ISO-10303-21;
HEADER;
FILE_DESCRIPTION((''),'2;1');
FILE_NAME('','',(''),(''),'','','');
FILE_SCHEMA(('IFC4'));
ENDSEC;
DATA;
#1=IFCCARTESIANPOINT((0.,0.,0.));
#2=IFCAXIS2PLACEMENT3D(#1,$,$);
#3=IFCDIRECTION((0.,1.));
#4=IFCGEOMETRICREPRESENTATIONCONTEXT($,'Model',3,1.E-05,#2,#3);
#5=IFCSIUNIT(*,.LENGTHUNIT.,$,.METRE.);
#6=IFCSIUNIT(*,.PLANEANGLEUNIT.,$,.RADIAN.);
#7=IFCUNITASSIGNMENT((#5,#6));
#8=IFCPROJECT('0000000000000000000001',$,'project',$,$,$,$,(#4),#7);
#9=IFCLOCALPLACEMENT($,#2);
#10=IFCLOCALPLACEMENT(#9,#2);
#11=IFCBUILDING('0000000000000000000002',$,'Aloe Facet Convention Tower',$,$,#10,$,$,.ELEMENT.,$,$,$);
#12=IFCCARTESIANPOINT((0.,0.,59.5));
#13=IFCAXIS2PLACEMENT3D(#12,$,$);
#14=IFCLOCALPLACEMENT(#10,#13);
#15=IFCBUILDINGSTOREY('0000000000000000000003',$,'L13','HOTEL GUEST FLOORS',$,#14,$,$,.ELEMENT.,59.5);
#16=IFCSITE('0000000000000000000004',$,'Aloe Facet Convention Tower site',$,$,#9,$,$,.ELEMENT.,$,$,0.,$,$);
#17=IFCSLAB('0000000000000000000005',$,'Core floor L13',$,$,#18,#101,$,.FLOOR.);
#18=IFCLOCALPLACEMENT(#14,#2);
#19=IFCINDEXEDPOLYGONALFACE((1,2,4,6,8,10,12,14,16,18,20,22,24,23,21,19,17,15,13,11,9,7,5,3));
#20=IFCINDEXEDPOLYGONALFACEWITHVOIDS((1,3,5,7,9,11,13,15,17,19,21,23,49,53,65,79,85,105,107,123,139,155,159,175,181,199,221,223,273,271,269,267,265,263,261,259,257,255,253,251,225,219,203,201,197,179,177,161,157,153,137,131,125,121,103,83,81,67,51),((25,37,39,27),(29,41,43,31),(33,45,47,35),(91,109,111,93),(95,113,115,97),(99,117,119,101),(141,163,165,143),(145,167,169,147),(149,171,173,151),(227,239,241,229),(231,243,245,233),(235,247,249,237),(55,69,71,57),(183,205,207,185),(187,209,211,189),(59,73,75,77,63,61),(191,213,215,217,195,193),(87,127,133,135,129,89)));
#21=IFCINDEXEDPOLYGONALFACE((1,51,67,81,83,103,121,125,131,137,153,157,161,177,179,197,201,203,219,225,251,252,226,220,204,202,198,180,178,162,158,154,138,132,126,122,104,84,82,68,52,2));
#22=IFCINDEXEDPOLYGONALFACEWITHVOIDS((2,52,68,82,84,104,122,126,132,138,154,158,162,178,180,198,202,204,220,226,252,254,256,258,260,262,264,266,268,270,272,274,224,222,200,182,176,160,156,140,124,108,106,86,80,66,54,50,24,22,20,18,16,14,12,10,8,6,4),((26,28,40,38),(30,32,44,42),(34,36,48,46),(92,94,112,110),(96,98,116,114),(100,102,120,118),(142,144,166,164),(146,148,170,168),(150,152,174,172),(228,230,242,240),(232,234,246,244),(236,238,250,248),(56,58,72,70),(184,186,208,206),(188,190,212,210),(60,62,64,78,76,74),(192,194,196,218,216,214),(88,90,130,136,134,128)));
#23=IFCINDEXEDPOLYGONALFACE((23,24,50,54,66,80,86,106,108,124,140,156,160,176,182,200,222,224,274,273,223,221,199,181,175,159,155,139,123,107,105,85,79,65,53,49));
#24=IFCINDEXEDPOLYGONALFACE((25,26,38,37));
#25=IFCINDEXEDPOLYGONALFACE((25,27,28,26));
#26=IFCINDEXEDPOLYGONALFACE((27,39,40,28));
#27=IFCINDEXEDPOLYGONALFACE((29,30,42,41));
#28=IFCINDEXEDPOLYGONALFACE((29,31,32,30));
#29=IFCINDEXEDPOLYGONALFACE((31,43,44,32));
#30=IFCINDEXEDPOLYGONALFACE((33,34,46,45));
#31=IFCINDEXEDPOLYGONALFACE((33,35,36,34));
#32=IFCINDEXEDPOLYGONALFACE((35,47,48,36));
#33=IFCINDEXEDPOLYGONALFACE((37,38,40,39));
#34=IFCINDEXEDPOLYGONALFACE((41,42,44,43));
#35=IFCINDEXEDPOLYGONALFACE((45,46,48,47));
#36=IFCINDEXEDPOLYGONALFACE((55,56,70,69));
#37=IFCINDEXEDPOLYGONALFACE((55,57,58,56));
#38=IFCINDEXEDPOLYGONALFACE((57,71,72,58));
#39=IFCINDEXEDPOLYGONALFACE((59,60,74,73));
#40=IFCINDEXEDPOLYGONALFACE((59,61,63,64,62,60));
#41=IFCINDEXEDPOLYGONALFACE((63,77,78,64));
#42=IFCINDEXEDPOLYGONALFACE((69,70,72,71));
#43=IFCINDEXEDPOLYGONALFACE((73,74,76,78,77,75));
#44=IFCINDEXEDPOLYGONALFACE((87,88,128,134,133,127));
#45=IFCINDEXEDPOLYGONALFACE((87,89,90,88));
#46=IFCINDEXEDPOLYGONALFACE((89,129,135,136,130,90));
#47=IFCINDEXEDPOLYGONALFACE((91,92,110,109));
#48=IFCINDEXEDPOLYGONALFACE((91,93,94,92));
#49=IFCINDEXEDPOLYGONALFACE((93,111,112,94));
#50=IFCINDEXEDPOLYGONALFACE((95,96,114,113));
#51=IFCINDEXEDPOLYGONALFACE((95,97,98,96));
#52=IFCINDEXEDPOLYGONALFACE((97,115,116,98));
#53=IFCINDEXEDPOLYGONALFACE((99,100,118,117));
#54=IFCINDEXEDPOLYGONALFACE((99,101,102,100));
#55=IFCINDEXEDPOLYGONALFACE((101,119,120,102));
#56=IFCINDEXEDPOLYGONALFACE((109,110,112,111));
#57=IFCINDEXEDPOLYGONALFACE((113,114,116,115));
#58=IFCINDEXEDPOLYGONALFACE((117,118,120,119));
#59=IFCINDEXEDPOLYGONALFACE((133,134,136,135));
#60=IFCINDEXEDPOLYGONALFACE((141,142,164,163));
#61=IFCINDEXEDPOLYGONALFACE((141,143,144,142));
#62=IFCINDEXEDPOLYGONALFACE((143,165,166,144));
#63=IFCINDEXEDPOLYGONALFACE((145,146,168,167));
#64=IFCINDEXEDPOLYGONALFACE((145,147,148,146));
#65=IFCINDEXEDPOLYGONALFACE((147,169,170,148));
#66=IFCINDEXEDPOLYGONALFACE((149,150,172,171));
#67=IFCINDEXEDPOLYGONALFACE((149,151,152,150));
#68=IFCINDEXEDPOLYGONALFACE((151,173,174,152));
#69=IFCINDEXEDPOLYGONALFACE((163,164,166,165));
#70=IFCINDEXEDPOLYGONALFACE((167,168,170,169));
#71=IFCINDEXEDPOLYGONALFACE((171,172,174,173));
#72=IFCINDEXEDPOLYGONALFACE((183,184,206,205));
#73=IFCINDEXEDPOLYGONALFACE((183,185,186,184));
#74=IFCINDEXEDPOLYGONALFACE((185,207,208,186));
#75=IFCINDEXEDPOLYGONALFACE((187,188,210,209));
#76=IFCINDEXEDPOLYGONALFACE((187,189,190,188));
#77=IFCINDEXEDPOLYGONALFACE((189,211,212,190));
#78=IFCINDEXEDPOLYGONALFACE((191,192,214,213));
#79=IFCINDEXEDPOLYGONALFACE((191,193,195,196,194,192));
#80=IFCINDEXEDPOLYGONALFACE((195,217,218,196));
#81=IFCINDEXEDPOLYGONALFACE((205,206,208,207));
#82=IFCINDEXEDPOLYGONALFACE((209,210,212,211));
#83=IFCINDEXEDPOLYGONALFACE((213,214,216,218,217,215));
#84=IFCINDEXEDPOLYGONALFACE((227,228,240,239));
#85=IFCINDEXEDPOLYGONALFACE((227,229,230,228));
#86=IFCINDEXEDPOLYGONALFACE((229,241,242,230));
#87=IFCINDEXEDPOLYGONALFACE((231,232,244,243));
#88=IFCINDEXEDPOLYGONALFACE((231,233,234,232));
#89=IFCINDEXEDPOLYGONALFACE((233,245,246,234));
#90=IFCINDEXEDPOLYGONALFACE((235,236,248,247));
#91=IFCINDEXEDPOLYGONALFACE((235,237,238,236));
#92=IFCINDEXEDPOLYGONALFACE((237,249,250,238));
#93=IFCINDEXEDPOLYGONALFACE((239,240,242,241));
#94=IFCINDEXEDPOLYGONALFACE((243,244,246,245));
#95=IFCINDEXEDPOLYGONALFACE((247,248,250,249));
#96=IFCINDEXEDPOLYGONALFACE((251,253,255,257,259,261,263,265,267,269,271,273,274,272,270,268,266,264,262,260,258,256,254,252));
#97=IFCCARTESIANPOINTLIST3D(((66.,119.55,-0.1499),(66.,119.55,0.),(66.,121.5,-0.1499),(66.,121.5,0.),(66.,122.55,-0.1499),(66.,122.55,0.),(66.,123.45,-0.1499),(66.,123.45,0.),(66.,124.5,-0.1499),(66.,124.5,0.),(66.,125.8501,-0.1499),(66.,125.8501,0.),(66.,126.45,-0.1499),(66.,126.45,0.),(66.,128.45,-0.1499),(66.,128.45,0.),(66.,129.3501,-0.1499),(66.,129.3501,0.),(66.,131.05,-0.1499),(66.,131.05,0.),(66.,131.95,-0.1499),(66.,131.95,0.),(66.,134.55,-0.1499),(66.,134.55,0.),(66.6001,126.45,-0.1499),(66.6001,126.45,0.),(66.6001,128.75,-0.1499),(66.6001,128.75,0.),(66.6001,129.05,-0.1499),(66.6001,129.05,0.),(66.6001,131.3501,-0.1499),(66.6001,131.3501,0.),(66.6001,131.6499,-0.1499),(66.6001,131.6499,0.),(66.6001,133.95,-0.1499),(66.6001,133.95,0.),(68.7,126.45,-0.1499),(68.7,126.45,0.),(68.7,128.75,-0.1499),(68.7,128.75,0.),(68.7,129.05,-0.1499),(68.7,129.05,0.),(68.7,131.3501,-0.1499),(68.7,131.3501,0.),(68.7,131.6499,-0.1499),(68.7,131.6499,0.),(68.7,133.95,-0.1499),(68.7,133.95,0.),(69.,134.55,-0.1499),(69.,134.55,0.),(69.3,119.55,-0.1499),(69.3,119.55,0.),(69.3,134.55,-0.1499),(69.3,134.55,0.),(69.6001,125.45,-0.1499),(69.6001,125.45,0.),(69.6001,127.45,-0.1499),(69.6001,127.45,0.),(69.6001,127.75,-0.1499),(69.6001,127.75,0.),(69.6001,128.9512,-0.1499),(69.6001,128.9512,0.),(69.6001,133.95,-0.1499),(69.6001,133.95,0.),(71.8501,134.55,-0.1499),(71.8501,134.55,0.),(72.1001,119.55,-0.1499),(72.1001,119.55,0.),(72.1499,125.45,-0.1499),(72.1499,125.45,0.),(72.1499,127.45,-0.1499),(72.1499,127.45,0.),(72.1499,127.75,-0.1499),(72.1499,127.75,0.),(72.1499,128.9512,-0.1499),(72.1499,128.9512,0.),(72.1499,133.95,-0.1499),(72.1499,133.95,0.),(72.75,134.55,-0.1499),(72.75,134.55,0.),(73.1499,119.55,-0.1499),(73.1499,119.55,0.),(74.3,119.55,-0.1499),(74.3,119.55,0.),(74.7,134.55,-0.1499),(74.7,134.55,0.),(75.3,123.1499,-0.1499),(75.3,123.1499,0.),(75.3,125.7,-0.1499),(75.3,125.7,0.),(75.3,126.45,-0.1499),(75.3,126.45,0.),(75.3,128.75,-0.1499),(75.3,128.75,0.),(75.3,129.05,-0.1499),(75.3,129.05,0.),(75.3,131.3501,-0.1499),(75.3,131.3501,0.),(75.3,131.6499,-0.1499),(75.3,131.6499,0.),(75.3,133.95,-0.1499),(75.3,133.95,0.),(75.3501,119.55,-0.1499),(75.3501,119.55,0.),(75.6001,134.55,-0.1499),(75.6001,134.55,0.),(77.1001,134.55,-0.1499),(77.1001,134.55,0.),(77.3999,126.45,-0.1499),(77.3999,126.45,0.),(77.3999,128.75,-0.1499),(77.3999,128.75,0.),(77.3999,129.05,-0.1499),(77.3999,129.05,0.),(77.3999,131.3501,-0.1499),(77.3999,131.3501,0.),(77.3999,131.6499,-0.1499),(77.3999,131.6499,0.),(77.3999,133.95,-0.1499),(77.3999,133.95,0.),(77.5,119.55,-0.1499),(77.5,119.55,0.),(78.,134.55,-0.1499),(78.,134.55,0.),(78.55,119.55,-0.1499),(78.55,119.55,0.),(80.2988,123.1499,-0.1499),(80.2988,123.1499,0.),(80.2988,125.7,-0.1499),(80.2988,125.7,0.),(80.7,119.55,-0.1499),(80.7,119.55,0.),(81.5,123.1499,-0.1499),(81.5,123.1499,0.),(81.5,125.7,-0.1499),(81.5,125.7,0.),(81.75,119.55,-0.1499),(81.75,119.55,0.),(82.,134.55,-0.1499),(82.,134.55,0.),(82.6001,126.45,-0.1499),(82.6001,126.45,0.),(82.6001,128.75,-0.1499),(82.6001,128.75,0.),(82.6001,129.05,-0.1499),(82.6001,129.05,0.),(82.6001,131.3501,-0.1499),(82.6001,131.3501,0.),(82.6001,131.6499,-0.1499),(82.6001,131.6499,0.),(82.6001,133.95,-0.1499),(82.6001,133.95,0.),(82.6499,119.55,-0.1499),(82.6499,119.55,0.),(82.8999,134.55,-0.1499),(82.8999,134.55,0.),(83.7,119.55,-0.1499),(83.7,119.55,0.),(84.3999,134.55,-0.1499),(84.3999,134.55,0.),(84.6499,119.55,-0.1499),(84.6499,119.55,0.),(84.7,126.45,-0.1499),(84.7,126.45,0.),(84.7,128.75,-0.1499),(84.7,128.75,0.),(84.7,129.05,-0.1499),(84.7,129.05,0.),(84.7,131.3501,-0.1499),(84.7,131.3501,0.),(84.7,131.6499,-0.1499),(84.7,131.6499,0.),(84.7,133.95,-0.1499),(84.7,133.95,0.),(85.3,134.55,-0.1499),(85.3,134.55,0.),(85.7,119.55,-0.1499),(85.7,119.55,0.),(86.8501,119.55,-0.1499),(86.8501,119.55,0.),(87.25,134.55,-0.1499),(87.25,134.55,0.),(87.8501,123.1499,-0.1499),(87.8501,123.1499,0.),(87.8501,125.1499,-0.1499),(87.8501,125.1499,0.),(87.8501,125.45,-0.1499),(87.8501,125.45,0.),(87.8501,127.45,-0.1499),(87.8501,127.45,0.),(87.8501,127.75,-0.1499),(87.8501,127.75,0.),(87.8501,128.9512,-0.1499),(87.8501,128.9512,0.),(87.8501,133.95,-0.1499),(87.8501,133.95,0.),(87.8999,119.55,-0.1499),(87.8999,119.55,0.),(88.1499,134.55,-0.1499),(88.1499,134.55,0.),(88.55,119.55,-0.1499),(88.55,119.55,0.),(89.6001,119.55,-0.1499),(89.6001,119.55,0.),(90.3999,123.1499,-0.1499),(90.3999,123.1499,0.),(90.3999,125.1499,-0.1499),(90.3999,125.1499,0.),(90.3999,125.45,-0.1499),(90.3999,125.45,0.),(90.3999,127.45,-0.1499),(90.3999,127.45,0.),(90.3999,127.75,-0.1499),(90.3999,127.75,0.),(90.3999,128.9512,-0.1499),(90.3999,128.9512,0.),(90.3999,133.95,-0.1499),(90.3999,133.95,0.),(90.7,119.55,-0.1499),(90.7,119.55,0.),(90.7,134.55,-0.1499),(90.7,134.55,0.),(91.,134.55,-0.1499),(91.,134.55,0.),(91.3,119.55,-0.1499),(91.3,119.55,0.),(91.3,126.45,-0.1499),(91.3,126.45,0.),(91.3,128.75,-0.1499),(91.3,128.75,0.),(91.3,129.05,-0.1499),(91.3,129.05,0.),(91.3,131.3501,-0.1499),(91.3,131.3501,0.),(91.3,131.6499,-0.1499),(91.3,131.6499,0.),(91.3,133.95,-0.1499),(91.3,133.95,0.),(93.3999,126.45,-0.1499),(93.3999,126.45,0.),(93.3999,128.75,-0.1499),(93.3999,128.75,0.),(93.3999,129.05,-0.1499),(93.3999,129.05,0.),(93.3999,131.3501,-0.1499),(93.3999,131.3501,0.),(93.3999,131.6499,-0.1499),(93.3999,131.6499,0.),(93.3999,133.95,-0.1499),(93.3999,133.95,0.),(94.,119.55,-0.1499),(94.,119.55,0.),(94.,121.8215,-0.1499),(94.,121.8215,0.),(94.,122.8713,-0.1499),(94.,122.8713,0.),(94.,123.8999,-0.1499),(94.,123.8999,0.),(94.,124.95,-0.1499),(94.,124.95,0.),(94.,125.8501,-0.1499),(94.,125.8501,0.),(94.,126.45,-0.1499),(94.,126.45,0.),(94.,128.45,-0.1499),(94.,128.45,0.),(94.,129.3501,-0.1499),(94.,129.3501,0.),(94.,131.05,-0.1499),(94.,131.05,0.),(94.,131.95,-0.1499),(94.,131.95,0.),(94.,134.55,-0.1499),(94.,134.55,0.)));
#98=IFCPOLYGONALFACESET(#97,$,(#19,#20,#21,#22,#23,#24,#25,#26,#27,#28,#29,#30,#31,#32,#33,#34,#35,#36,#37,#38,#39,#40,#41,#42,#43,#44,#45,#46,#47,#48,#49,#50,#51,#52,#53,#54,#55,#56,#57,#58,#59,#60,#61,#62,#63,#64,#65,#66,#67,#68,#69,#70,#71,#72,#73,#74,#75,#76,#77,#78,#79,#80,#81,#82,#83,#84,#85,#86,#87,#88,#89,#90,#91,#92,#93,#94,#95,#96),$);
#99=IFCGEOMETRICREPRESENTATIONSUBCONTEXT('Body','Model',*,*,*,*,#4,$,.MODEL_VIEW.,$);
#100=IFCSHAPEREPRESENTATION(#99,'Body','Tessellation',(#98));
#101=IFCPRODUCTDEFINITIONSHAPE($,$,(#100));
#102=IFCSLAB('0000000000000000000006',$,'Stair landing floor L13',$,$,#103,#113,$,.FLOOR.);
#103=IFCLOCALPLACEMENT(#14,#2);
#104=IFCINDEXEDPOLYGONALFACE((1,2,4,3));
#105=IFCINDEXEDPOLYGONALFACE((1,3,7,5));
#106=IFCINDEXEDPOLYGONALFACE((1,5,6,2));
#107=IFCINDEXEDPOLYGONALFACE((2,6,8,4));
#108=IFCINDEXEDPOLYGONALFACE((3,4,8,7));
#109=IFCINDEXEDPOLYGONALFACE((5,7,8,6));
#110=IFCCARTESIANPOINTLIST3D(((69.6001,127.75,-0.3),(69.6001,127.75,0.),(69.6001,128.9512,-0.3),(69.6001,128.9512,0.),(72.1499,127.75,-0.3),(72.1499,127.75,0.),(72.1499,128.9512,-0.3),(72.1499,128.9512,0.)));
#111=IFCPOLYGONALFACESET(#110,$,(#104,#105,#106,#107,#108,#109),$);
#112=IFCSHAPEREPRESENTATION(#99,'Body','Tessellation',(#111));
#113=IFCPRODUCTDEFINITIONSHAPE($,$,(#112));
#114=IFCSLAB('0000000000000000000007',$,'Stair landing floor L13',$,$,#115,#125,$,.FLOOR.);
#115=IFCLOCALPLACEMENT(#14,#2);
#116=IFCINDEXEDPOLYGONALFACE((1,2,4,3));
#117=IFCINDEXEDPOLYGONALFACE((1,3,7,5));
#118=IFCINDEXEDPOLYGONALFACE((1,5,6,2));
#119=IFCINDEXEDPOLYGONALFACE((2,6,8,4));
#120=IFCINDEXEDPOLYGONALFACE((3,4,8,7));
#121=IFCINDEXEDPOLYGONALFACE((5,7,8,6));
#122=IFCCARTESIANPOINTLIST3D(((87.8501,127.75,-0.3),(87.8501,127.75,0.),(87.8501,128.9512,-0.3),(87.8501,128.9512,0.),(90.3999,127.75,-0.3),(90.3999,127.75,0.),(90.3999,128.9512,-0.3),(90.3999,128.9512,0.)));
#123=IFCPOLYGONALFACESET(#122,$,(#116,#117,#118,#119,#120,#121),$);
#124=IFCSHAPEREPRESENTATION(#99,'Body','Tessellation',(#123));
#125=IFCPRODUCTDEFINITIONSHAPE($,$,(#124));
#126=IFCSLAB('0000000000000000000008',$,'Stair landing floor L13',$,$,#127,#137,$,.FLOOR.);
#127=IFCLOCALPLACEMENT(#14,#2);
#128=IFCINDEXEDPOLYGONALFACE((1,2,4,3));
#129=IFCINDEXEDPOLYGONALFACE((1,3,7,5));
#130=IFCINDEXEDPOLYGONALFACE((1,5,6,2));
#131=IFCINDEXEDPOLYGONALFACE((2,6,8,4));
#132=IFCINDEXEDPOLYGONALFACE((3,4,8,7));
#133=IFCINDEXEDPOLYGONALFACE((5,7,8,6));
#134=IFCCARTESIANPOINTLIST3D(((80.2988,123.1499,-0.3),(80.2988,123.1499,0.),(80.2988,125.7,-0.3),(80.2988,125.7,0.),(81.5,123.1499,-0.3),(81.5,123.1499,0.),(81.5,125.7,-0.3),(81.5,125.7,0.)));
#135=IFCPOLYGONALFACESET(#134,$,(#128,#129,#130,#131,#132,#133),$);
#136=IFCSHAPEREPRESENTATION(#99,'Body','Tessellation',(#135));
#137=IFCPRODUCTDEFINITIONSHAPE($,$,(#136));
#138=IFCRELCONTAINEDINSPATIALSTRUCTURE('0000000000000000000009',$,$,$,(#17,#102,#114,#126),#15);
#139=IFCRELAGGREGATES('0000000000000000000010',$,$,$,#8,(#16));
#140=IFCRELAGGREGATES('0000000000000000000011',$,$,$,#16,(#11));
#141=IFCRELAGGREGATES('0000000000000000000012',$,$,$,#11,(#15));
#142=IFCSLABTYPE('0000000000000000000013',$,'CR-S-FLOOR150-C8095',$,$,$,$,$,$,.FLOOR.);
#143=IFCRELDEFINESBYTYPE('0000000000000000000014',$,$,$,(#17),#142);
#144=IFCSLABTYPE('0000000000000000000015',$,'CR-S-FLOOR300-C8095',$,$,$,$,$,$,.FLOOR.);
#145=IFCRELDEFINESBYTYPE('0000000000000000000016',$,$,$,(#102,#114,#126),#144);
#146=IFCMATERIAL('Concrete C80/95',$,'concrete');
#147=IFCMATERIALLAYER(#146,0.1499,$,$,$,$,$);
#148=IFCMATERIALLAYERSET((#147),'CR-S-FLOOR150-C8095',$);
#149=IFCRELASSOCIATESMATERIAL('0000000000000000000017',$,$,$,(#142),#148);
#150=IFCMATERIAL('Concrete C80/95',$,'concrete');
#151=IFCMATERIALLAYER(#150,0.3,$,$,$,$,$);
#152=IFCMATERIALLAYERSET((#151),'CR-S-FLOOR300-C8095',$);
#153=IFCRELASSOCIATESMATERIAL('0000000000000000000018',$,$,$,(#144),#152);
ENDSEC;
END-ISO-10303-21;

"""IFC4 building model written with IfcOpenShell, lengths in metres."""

from ifc_helpers import new_model, si_unit, direction, frame, origin, place, context, subcontext, project, spatial, polyline, outline, extrude, material, layer, layer_set, type_object, element, save


model = new_model("IFC4")

# Units and contexts
model_context = context("Model", 3, precision=1e-05, world=origin(), true_north=direction((0.0, 1.0)))
body_context = subcontext(model_context, "Body", "Model", "MODEL_VIEW")
ifc_project = project(units=[si_unit("LENGTHUNIT", "METRE"), si_unit("PLANEANGLEUNIT", "RADIAN")], contexts=[model_context])

# Site, building, storey
site_placement = place(None, origin())
site = spatial("IfcSite", under=ifc_project, at=site_placement, Name="Aloe Facet Convention Tower site", CompositionType="ELEMENT", RefElevation=0.0)
building_placement = place(site_placement, origin())
building = spatial("IfcBuilding", under=site, at=building_placement, Name="Aloe Facet Convention Tower", CompositionType="ELEMENT")
storey_placement = place(building_placement, frame((0.0, 0.0, 59.5)))
storey = spatial("IfcBuildingStorey", under=building, at=storey_placement, Name="L13", Description="HOTEL GUEST FLOORS", CompositionType="ELEMENT", Elevation=59.5)

# Slabs
ifc_material_1 = material(Name="Concrete C80/95", Category="concrete")
ifc_layer_1 = layer(ifc_material_1, 0.1499)
ifc_layer_set_1 = layer_set([ifc_layer_1], Name="CR-S-FLOOR150-C8095")
slab_type_1 = type_object("IfcSlabType", Name="CR-S-FLOOR150-C8095", PredefinedType="FLOOR", material=ifc_layer_set_1)
slab_1_placement = place(storey_placement, frame((0.0, 0.0, -0.1499)))
element("IfcSlab", 1, at=slab_1_placement, inside=storey, type_object=slab_type_1, Name="Core floor L13", PredefinedType="FLOOR", context=body_context, shape_type="SweptSolid", body=[
    extrude(outline(polyline([(69.3, 134.55), (71.8501, 134.55), (72.75, 134.55), (74.7, 134.55), (75.6001, 134.55), (77.1001, 134.55), (78.0, 134.55), (82.0, 134.55), (82.8999, 134.55), (84.3999, 134.55), (85.3, 134.55), (87.25, 134.55), (88.1499, 134.55), (90.7, 134.55), (91.0, 134.55), (94.0, 134.55), (94.0, 131.95), (94.0, 131.05), (94.0, 129.3501), (94.0, 128.45), (94.0, 126.45), (94.0, 125.8501), (94.0, 124.95), (94.0, 123.8999), (94.0, 122.8713), (94.0, 121.8215), (94.0, 119.55), (91.3, 119.55), (90.7, 119.55), (89.6001, 119.55), (88.55, 119.55), (87.8999, 119.55), (86.8501, 119.55), (85.7, 119.55), (84.6499, 119.55), (83.7, 119.55), (82.6499, 119.55), (81.75, 119.55), (80.7, 119.55), (78.55, 119.55), (77.5, 119.55), (75.3501, 119.55), (74.3, 119.55), (73.1499, 119.55), (72.1001, 119.55), (69.3, 119.55), (66.0, 119.55), (66.0, 121.5), (66.0, 122.55), (66.0, 123.45), (66.0, 124.5), (66.0, 125.8501), (66.0, 126.45), (66.0, 128.45), (66.0, 129.3501), (66.0, 131.05), (66.0, 131.95), (66.0, 134.55), (69.0, 134.55), (69.3, 134.55)]), holes=[polyline([(75.3, 123.1499), (80.2988, 123.1499), (81.5, 123.1499), (81.5, 125.7), (80.2988, 125.7), (75.3, 125.7), (75.3, 123.1499)]), polyline([(69.6001, 125.45), (72.1499, 125.45), (72.1499, 127.45), (69.6001, 127.45), (69.6001, 125.45)]), polyline([(66.6001, 126.45), (68.7, 126.45), (68.7, 128.75), (66.6001, 128.75), (66.6001, 126.45)]), polyline([(75.3, 126.45), (77.3999, 126.45), (77.3999, 128.75), (75.3, 128.75), (75.3, 126.45)]), polyline([(66.6001, 129.05), (68.7, 129.05), (68.7, 131.3501), (66.6001, 131.3501), (66.6001, 129.05)]), polyline([(75.3, 129.05), (77.3999, 129.05), (77.3999, 131.3501), (75.3, 131.3501), (75.3, 129.05)]), polyline([(69.6001, 133.95), (69.6001, 128.9512), (69.6001, 127.75), (72.1499, 127.75), (72.1499, 128.9512), (72.1499, 133.95), (69.6001, 133.95)]), polyline([(66.6001, 133.95), (66.6001, 131.6499), (68.7, 131.6499), (68.7, 133.95), (66.6001, 133.95)]), polyline([(75.3, 133.95), (75.3, 131.6499), (77.3999, 131.6499), (77.3999, 133.95), (75.3, 133.95)]), polyline([(87.8501, 123.1499), (90.3999, 123.1499), (90.3999, 125.1499), (87.8501, 125.1499), (87.8501, 123.1499)]), polyline([(87.8501, 125.45), (90.3999, 125.45), (90.3999, 127.45), (87.8501, 127.45), (87.8501, 125.45)]), polyline([(82.6001, 126.45), (84.7, 126.45), (84.7, 128.75), (82.6001, 128.75), (82.6001, 126.45)]), polyline([(91.3, 126.45), (93.3999, 126.45), (93.3999, 128.75), (91.3, 128.75), (91.3, 126.45)]), polyline([(82.6001, 129.05), (84.7, 129.05), (84.7, 131.3501), (82.6001, 131.3501), (82.6001, 129.05)]), polyline([(91.3, 129.05), (93.3999, 129.05), (93.3999, 131.3501), (91.3, 131.3501), (91.3, 129.05)]), polyline([(87.8501, 133.95), (87.8501, 128.9512), (87.8501, 127.75), (90.3999, 127.75), (90.3999, 128.9512), (90.3999, 133.95), (87.8501, 133.95)]), polyline([(82.6001, 133.95), (82.6001, 131.6499), (84.7, 131.6499), (84.7, 133.95), (82.6001, 133.95)]), polyline([(91.3, 133.95), (91.3, 131.6499), (93.3999, 131.6499), (93.3999, 133.95), (91.3, 133.95)])]), origin(), (0.0, 0.0, 1.0), 0.1499),
])
ifc_material_2 = material(Name="Concrete C80/95", Category="concrete")
ifc_layer_2 = layer(ifc_material_2, 0.3)
ifc_layer_set_2 = layer_set([ifc_layer_2], Name="CR-S-FLOOR300-C8095")
slab_type_2 = type_object("IfcSlabType", Name="CR-S-FLOOR300-C8095", PredefinedType="FLOOR", material=ifc_layer_set_2)
slab_2_placement = place(storey_placement, frame((0.0, 0.0, -0.3)))
element("IfcSlab", 2, at=slab_2_placement, inside=storey, type_object=slab_type_2, Name="Stair landing floor L13", PredefinedType="FLOOR", context=body_context, shape_type="SweptSolid", body=[
    extrude(outline(polyline([(72.1499, 127.75), (72.1499, 128.9512), (69.6001, 128.9512), (69.6001, 127.75), (72.1499, 127.75)])), origin(), (0.0, 0.0, 1.0), 0.3),
])
slab_3_placement = place(storey_placement, frame((0.0, 0.0, -0.3)))
element("IfcSlab", 3, at=slab_3_placement, inside=storey, type_object=slab_type_2, Name="Stair landing floor L13", PredefinedType="FLOOR", context=body_context, shape_type="SweptSolid", body=[
    extrude(outline(polyline([(90.3999, 127.75), (90.3999, 128.9512), (87.8501, 128.9512), (87.8501, 127.75), (90.3999, 127.75)])), origin(), (0.0, 0.0, 1.0), 0.3),
])
slab_4_placement = place(storey_placement, frame((0.0, 0.0, -0.3)))
element("IfcSlab", 4, at=slab_4_placement, inside=storey, type_object=slab_type_2, Name="Stair landing floor L13", PredefinedType="FLOOR", context=body_context, shape_type="SweptSolid", body=[
    extrude(outline(polyline([(81.5, 125.7), (80.2988, 125.7), (80.2988, 123.1499), (81.5, 123.1499), (81.5, 125.7)])), origin(), (0.0, 0.0, 1.0), 0.3),
])

save(model, "model.ifc")
